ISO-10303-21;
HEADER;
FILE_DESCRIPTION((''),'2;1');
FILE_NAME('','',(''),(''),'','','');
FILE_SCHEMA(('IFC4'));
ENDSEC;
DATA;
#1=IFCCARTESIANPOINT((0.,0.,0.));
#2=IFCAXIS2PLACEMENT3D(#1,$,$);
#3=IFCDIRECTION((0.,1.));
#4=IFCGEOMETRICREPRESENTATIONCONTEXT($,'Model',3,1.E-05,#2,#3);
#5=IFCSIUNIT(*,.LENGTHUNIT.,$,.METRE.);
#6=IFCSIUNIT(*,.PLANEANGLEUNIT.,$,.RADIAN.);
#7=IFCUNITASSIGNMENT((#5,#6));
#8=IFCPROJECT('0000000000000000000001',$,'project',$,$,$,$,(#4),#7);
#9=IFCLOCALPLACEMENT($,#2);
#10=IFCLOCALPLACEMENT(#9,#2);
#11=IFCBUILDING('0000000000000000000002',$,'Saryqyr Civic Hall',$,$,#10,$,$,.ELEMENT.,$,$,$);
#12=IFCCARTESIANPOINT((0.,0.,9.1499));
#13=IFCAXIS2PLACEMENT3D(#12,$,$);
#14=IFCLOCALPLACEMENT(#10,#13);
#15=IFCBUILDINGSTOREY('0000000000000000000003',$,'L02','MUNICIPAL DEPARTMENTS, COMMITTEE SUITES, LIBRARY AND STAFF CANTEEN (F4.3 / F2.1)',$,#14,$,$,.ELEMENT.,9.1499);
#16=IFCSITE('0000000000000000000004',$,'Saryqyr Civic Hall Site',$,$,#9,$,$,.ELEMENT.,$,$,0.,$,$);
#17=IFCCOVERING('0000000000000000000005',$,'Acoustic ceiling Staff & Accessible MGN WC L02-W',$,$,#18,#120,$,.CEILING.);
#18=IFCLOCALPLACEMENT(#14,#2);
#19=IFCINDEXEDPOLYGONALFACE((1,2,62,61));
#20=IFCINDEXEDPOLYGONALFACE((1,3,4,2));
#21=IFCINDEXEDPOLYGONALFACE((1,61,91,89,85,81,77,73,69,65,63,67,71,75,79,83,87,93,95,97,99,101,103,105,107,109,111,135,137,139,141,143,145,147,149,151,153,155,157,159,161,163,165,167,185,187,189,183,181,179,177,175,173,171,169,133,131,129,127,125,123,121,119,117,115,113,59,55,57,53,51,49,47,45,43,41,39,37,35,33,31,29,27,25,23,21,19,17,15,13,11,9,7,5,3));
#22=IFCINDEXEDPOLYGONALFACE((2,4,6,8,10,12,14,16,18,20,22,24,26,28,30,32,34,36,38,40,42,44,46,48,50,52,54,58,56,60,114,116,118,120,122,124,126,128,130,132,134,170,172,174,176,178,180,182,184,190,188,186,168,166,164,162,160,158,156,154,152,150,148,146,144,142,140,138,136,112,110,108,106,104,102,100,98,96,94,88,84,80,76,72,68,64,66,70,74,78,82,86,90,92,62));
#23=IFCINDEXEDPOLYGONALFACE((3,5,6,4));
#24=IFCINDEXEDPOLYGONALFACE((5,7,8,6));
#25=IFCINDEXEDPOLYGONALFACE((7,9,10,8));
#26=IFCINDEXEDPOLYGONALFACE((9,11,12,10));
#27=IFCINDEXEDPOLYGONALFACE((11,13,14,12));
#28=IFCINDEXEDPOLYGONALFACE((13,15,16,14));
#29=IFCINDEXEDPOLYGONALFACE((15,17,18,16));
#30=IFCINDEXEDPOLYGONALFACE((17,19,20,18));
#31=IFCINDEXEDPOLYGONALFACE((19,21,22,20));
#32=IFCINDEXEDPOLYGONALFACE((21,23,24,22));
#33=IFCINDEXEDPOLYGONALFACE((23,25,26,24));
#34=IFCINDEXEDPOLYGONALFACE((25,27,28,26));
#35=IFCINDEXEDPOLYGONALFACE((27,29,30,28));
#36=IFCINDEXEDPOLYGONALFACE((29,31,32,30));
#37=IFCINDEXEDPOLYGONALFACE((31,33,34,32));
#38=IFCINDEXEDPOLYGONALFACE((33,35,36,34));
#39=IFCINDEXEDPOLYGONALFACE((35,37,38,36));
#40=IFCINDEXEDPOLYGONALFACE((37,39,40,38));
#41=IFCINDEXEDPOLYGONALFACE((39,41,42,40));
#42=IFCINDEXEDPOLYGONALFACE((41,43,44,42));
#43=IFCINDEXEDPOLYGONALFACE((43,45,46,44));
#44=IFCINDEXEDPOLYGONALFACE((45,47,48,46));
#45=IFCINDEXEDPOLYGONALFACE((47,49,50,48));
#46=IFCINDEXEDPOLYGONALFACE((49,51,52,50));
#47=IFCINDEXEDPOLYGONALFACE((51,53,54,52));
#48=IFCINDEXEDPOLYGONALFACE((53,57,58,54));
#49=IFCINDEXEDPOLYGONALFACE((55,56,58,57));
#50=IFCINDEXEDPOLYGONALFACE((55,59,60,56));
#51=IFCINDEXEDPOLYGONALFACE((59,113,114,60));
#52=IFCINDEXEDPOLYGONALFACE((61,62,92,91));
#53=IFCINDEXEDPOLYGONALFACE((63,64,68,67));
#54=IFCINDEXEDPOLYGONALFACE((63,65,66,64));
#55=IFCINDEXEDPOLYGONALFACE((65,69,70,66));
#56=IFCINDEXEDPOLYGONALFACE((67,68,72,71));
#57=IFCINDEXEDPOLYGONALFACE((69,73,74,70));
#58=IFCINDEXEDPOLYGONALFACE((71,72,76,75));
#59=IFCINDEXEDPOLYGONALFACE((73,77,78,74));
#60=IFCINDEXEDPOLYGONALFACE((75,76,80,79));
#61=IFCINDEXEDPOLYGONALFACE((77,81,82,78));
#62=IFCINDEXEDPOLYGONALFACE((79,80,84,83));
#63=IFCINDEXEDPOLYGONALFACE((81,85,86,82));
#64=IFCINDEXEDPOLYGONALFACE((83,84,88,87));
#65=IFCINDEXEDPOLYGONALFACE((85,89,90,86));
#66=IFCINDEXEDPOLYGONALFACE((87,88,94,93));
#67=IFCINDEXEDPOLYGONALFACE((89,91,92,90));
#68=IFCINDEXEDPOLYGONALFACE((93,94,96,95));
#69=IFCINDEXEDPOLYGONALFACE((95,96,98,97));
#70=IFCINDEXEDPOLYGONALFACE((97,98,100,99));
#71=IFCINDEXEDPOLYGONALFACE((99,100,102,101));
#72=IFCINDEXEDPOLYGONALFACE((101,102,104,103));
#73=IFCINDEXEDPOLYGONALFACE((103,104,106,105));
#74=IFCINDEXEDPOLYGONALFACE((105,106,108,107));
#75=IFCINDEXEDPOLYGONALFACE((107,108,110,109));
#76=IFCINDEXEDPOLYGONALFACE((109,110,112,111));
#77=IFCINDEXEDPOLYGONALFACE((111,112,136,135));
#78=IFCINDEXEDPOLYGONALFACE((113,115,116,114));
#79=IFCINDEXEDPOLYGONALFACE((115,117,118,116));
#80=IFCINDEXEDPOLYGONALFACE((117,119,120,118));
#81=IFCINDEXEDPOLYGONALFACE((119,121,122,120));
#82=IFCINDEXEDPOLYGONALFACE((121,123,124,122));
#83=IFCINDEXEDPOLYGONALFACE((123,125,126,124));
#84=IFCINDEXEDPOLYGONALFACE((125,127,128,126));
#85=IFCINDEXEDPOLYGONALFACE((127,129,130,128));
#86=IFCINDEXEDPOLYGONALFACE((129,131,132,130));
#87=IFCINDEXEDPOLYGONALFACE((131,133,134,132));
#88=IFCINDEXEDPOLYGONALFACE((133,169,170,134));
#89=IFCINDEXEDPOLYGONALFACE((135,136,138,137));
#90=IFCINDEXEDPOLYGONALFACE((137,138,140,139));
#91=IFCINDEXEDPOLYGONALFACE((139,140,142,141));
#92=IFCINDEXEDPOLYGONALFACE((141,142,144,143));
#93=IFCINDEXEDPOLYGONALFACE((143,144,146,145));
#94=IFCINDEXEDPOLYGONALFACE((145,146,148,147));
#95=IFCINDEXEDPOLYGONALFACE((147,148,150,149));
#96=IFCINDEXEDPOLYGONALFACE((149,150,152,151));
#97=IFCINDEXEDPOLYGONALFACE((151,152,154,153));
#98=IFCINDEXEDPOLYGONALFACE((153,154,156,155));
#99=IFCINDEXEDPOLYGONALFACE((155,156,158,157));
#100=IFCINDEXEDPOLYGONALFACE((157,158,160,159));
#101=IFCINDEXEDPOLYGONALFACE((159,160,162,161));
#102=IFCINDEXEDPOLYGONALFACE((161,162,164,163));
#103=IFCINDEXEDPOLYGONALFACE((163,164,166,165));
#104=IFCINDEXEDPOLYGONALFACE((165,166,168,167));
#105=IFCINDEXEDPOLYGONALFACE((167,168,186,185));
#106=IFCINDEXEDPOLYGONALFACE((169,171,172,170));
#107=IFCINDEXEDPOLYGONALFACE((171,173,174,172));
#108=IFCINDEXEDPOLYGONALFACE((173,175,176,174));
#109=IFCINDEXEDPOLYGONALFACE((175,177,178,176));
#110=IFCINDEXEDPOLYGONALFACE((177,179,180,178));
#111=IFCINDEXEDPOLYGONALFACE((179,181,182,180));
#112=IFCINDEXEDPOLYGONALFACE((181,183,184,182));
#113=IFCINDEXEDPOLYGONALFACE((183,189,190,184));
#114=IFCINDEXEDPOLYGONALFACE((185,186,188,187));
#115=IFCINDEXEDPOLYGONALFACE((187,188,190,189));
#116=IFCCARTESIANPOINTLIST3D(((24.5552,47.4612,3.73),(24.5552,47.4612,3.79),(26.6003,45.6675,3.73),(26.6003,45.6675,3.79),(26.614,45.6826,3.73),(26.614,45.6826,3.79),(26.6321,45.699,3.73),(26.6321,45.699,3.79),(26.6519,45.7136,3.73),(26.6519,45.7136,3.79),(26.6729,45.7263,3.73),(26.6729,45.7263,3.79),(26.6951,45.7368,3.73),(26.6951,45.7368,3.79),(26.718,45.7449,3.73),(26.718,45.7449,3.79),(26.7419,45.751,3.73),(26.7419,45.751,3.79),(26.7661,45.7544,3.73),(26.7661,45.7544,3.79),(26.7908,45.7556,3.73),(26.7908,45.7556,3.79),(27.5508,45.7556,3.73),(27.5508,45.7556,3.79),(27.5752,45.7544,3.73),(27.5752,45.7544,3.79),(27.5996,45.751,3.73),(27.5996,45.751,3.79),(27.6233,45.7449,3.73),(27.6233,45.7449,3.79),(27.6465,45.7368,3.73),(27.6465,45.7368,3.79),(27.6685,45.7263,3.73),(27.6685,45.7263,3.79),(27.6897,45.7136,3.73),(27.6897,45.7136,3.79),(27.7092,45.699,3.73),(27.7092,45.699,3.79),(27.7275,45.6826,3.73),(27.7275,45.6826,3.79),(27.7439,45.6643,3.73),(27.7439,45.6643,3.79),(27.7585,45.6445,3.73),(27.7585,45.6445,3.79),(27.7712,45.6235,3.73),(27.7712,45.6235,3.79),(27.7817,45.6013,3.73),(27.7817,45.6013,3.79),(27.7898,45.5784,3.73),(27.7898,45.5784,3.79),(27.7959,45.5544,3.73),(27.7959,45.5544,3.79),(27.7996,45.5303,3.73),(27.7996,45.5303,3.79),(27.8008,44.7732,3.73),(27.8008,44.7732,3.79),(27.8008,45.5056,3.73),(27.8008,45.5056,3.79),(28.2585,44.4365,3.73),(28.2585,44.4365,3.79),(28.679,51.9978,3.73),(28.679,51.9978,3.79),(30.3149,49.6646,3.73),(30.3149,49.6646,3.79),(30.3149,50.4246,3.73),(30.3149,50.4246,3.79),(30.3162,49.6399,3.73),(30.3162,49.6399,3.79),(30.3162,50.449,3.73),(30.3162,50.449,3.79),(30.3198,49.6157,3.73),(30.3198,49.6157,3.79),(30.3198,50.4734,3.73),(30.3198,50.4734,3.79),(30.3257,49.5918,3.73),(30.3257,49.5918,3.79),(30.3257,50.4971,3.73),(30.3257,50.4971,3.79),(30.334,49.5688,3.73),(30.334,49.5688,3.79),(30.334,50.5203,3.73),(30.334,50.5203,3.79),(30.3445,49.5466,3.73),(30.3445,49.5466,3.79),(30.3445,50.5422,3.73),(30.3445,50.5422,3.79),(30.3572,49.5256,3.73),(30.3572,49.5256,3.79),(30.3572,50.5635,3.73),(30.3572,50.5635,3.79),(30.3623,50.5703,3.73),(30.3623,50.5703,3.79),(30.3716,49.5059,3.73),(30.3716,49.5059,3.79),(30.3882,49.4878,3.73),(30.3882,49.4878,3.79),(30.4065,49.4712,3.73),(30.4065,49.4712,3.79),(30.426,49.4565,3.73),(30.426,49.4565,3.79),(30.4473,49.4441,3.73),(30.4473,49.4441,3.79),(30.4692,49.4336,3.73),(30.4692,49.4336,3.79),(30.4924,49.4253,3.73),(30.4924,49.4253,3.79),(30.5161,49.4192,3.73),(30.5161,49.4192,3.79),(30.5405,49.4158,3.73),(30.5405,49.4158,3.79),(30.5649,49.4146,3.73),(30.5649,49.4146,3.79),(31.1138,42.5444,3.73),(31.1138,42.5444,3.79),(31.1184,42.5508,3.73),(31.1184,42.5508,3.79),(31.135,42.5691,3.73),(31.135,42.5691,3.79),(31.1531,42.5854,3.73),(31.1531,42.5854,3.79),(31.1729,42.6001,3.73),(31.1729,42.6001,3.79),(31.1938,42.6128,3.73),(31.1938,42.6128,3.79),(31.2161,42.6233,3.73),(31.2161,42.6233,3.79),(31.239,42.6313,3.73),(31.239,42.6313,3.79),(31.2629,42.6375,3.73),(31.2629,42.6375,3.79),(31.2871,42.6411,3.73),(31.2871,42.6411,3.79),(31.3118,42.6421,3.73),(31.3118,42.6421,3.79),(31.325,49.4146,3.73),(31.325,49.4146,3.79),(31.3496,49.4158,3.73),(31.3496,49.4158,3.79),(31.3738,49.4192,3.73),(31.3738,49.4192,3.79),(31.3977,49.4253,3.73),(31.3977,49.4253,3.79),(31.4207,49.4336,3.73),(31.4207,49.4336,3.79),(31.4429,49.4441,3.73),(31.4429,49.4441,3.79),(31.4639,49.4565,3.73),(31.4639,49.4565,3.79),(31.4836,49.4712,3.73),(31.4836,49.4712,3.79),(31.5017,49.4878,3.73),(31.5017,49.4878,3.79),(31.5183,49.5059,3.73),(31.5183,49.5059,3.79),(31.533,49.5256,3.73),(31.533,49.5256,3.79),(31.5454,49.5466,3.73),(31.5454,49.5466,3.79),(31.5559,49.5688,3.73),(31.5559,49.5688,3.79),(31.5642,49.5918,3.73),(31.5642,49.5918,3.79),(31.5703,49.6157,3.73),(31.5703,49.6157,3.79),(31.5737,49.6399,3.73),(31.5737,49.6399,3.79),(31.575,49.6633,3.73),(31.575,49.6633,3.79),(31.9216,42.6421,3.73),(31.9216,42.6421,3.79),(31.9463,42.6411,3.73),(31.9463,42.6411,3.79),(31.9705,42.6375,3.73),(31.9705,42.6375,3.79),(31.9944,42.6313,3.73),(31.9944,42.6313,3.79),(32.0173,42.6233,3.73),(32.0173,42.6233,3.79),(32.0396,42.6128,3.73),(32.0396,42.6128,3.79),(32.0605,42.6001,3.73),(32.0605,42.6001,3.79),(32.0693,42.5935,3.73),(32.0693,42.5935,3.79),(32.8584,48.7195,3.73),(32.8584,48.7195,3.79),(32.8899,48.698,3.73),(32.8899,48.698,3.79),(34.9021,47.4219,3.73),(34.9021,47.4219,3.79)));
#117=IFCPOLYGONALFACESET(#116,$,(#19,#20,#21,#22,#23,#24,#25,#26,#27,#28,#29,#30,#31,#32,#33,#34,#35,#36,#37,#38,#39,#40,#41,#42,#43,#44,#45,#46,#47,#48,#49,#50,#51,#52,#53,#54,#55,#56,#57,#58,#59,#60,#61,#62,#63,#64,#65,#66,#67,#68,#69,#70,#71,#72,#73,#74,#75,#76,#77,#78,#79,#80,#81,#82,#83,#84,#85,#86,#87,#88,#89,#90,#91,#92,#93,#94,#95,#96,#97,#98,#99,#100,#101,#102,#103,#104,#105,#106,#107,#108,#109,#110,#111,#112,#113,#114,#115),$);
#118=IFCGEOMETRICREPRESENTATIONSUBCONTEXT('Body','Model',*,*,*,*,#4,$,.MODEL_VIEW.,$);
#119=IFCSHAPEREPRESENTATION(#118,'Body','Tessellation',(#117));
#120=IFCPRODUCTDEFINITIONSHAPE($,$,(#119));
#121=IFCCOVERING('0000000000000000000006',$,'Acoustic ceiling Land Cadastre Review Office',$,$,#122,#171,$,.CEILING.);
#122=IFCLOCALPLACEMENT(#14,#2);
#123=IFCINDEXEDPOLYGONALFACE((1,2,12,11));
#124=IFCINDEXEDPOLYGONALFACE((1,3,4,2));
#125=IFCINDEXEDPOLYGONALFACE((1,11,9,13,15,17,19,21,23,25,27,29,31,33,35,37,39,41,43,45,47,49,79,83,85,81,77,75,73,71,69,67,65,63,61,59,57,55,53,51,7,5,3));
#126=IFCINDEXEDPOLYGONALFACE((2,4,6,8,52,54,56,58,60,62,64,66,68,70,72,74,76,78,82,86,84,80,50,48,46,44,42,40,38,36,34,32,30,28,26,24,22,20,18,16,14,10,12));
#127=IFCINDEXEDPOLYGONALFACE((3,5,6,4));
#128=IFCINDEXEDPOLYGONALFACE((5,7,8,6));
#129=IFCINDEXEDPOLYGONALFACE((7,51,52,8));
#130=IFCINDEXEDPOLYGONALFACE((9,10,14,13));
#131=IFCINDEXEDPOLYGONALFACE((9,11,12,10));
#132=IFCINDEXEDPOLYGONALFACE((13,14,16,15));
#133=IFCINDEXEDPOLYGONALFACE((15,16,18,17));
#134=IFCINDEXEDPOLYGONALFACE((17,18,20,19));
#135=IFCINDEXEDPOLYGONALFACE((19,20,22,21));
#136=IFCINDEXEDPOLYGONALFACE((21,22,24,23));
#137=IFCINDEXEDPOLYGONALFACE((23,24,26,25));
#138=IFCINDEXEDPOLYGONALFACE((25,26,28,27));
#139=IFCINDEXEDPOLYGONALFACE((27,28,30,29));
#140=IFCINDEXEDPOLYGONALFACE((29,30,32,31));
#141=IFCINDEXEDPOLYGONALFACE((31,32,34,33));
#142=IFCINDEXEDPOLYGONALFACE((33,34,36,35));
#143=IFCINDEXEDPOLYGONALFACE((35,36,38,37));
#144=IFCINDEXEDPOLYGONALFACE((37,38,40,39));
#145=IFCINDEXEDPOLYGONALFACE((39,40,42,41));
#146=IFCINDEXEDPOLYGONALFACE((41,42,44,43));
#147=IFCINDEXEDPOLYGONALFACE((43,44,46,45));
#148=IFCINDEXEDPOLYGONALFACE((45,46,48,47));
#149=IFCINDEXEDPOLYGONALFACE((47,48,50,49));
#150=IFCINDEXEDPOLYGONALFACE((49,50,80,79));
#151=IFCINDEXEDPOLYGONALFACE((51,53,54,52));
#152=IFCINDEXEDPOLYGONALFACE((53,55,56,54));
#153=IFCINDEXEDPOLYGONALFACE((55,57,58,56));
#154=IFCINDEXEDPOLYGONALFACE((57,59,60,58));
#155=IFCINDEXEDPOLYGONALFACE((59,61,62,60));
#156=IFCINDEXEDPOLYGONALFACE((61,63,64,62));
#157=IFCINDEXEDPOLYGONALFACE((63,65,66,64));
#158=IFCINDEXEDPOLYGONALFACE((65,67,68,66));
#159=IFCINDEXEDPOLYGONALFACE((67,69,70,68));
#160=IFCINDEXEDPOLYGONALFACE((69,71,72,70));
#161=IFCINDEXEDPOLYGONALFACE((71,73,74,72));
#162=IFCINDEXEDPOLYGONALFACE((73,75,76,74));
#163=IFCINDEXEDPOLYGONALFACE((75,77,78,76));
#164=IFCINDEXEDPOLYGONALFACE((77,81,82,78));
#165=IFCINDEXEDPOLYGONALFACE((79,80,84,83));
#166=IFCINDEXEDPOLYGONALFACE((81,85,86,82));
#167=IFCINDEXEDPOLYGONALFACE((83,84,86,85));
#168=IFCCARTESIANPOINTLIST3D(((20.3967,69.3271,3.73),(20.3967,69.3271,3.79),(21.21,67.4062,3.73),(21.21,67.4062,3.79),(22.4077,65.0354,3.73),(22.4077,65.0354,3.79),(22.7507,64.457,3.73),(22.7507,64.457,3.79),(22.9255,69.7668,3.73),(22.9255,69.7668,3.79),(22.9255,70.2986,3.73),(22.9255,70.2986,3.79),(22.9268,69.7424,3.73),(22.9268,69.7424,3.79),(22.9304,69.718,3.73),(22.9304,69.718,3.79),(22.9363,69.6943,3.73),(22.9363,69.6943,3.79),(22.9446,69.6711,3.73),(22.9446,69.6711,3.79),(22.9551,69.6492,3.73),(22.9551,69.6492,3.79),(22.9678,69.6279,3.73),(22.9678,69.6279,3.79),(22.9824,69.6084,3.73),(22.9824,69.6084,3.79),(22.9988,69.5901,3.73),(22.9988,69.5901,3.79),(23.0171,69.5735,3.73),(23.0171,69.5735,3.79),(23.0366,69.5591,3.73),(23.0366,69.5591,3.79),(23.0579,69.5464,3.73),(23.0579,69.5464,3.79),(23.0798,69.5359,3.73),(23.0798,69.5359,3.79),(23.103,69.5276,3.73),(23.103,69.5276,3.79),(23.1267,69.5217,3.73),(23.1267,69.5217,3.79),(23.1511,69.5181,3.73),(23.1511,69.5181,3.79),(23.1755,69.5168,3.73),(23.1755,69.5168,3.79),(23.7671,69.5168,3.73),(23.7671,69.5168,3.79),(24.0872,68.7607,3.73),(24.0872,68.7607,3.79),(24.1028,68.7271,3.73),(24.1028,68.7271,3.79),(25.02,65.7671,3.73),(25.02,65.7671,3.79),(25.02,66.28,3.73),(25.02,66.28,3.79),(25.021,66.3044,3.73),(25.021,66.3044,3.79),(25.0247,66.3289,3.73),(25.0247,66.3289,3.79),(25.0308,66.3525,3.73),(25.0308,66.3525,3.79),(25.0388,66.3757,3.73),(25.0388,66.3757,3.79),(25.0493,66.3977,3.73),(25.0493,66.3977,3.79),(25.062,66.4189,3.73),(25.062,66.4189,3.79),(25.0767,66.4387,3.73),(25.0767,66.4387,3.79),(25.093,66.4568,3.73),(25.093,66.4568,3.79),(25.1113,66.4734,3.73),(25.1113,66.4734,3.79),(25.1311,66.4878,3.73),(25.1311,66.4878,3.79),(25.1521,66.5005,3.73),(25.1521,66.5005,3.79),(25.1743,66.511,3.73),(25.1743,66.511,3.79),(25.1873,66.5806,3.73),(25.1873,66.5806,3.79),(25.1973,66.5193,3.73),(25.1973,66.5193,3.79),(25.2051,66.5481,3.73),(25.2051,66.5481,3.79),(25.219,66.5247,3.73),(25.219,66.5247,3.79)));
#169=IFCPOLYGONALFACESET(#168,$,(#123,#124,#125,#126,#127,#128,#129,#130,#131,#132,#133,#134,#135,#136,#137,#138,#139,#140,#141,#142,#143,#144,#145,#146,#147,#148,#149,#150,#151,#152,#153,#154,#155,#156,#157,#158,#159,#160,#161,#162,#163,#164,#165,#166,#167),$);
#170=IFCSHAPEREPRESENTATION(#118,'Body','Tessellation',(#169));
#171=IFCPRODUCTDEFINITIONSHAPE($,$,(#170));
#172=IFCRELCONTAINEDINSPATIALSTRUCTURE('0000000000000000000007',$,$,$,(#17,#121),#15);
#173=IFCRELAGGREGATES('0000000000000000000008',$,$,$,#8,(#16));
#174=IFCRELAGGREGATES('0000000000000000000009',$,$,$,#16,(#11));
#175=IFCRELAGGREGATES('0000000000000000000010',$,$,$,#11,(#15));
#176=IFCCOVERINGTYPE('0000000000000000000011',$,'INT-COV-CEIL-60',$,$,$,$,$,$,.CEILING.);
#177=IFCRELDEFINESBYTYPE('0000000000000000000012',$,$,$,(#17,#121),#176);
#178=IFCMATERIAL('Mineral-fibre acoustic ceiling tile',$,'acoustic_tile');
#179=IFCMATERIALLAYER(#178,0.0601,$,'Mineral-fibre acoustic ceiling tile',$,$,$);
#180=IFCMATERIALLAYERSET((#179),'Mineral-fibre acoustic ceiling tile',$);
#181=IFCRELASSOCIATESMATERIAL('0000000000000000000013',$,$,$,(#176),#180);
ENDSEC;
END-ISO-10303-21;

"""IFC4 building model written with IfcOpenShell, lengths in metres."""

from ifc_helpers import new_model, si_unit, direction, frame, origin, place, context, subcontext, project, spatial, polyline, outline, extrude, material, layer, layer_set, type_object, element, save


model = new_model("IFC4")

# Units and contexts
model_context = context("Model", 3, precision=1e-05, world=origin(), true_north=direction((0.0, 1.0)))
body_context = subcontext(model_context, "Body", "Model", "MODEL_VIEW")
ifc_project = project(units=[si_unit("LENGTHUNIT", "METRE"), si_unit("PLANEANGLEUNIT", "RADIAN")], contexts=[model_context])

# Site, building, storey
site_placement = place(None, origin())
site = spatial("IfcSite", under=ifc_project, at=site_placement, Name="Saryqyr Civic Hall Site", CompositionType="ELEMENT", RefElevation=0.0)
building_placement = place(site_placement, origin())
building = spatial("IfcBuilding", under=site, at=building_placement, Name="Saryqyr Civic Hall", CompositionType="ELEMENT")
storey_placement = place(building_placement, frame((0.0, 0.0, 9.1499)))
storey = spatial("IfcBuildingStorey", under=building, at=storey_placement, Name="L02", Description="MUNICIPAL DEPARTMENTS, COMMITTEE SUITES, LIBRARY AND STAFF CANTEEN (F4.3 / F2.1)", CompositionType="ELEMENT", Elevation=9.1499)

# Coverings
ifc_material_1 = material(Name="Mineral-fibre acoustic ceiling tile", Category="acoustic_tile")
ifc_layer_1 = layer(ifc_material_1, 0.0601, Name="Mineral-fibre acoustic ceiling tile")
ifc_layer_set_1 = layer_set([ifc_layer_1], Name="Mineral-fibre acoustic ceiling tile")
covering_type = type_object("IfcCoveringType", Name="INT-COV-CEIL-60", PredefinedType="CEILING", material=ifc_layer_set_1)
covering_1_placement = place(storey_placement, frame((0.0, 0.0, 3.73)))
element("IfcCovering", 1, at=covering_1_placement, inside=storey, type_object=covering_type, Name="Acoustic ceiling Staff & Accessible MGN WC L02-W", PredefinedType="CEILING", context=body_context, shape_type="SweptSolid", body=[
    extrude(outline(polyline([(30.3572, 50.5635), (30.3445, 50.5422), (30.334, 50.5203), (30.3257, 50.4971), (30.3198, 50.4734), (30.3162, 50.449), (30.3149, 50.4246), (30.3149, 49.6646), (30.3162, 49.6399), (30.3198, 49.6157), (30.3257, 49.5918), (30.334, 49.5688), (30.3445, 49.5466), (30.3572, 49.5256), (30.3716, 49.5059), (30.3882, 49.4878), (30.4065, 49.4712), (30.426, 49.4565), (30.4473, 49.4441), (30.4692, 49.4336), (30.4924, 49.4253), (30.5161, 49.4192), (30.5405, 49.4158), (30.5649, 49.4146), (31.325, 49.4146), (31.3496, 49.4158), (31.3738, 49.4192), (31.3977, 49.4253), (31.4207, 49.4336), (31.4429, 49.4441), (31.4639, 49.4565), (31.4836, 49.4712), (31.5017, 49.4878), (31.5183, 49.5059), (31.533, 49.5256), (31.5454, 49.5466), (31.5559, 49.5688), (31.5642, 49.5918), (31.5703, 49.6157), (31.5737, 49.6399), (31.575, 49.6633), (32.8584, 48.7195), (32.8899, 48.698), (34.9021, 47.4219), (32.0693, 42.5935), (32.0605, 42.6001), (32.0396, 42.6128), (32.0173, 42.6233), (31.9944, 42.6313), (31.9705, 42.6375), (31.9463, 42.6411), (31.9216, 42.6421), (31.3118, 42.6421), (31.2871, 42.6411), (31.2629, 42.6375), (31.239, 42.6313), (31.2161, 42.6233), (31.1938, 42.6128), (31.1729, 42.6001), (31.1531, 42.5854), (31.135, 42.5691), (31.1184, 42.5508), (31.1138, 42.5444), (28.2585, 44.4365), (27.8008, 44.7732), (27.8008, 45.5056), (27.7996, 45.5303), (27.7959, 45.5544), (27.7898, 45.5784), (27.7817, 45.6013), (27.7712, 45.6235), (27.7585, 45.6445), (27.7439, 45.6643), (27.7275, 45.6826), (27.7092, 45.699), (27.6897, 45.7136), (27.6685, 45.7263), (27.6465, 45.7368), (27.6233, 45.7449), (27.5996, 45.751), (27.5752, 45.7544), (27.5508, 45.7556), (26.7908, 45.7556), (26.7661, 45.7544), (26.7419, 45.751), (26.718, 45.7449), (26.6951, 45.7368), (26.6729, 45.7263), (26.6519, 45.7136), (26.6321, 45.699), (26.614, 45.6826), (26.6003, 45.6675), (24.5552, 47.4612), (28.679, 51.9978), (30.3623, 50.5703), (30.3572, 50.5635)])), origin(), (0.0, 0.0, 1.0), 0.0601),
])
covering_2_placement = place(storey_placement, frame((0.0, 0.0, 3.73)))
element("IfcCovering", 2, at=covering_2_placement, inside=storey, type_object=covering_type, Name="Acoustic ceiling Land Cadastre Review Office", PredefinedType="CEILING", context=body_context, shape_type="SweptSolid", body=[
    extrude(outline(polyline([(25.2051, 66.5481), (25.219, 66.5247), (25.1973, 66.5193), (25.1743, 66.511), (25.1521, 66.5005), (25.1311, 66.4878), (25.1113, 66.4734), (25.093, 66.4568), (25.0767, 66.4387), (25.062, 66.4189), (25.0493, 66.3977), (25.0388, 66.3757), (25.0308, 66.3525), (25.0247, 66.3289), (25.021, 66.3044), (25.02, 66.28), (25.02, 65.7671), (22.7507, 64.457), (22.4077, 65.0354), (21.21, 67.4062), (20.3967, 69.3271), (22.9255, 70.2986), (22.9255, 69.7668), (22.9268, 69.7424), (22.9304, 69.718), (22.9363, 69.6943), (22.9446, 69.6711), (22.9551, 69.6492), (22.9678, 69.6279), (22.9824, 69.6084), (22.9988, 69.5901), (23.0171, 69.5735), (23.0366, 69.5591), (23.0579, 69.5464), (23.0798, 69.5359), (23.103, 69.5276), (23.1267, 69.5217), (23.1511, 69.5181), (23.1755, 69.5168), (23.7671, 69.5168), (24.0872, 68.7607), (24.1028, 68.7271), (25.1873, 66.5806), (25.2051, 66.5481)])), origin(), (0.0, 0.0, 1.0), 0.0601),
])

save(model, "model.ifc")
